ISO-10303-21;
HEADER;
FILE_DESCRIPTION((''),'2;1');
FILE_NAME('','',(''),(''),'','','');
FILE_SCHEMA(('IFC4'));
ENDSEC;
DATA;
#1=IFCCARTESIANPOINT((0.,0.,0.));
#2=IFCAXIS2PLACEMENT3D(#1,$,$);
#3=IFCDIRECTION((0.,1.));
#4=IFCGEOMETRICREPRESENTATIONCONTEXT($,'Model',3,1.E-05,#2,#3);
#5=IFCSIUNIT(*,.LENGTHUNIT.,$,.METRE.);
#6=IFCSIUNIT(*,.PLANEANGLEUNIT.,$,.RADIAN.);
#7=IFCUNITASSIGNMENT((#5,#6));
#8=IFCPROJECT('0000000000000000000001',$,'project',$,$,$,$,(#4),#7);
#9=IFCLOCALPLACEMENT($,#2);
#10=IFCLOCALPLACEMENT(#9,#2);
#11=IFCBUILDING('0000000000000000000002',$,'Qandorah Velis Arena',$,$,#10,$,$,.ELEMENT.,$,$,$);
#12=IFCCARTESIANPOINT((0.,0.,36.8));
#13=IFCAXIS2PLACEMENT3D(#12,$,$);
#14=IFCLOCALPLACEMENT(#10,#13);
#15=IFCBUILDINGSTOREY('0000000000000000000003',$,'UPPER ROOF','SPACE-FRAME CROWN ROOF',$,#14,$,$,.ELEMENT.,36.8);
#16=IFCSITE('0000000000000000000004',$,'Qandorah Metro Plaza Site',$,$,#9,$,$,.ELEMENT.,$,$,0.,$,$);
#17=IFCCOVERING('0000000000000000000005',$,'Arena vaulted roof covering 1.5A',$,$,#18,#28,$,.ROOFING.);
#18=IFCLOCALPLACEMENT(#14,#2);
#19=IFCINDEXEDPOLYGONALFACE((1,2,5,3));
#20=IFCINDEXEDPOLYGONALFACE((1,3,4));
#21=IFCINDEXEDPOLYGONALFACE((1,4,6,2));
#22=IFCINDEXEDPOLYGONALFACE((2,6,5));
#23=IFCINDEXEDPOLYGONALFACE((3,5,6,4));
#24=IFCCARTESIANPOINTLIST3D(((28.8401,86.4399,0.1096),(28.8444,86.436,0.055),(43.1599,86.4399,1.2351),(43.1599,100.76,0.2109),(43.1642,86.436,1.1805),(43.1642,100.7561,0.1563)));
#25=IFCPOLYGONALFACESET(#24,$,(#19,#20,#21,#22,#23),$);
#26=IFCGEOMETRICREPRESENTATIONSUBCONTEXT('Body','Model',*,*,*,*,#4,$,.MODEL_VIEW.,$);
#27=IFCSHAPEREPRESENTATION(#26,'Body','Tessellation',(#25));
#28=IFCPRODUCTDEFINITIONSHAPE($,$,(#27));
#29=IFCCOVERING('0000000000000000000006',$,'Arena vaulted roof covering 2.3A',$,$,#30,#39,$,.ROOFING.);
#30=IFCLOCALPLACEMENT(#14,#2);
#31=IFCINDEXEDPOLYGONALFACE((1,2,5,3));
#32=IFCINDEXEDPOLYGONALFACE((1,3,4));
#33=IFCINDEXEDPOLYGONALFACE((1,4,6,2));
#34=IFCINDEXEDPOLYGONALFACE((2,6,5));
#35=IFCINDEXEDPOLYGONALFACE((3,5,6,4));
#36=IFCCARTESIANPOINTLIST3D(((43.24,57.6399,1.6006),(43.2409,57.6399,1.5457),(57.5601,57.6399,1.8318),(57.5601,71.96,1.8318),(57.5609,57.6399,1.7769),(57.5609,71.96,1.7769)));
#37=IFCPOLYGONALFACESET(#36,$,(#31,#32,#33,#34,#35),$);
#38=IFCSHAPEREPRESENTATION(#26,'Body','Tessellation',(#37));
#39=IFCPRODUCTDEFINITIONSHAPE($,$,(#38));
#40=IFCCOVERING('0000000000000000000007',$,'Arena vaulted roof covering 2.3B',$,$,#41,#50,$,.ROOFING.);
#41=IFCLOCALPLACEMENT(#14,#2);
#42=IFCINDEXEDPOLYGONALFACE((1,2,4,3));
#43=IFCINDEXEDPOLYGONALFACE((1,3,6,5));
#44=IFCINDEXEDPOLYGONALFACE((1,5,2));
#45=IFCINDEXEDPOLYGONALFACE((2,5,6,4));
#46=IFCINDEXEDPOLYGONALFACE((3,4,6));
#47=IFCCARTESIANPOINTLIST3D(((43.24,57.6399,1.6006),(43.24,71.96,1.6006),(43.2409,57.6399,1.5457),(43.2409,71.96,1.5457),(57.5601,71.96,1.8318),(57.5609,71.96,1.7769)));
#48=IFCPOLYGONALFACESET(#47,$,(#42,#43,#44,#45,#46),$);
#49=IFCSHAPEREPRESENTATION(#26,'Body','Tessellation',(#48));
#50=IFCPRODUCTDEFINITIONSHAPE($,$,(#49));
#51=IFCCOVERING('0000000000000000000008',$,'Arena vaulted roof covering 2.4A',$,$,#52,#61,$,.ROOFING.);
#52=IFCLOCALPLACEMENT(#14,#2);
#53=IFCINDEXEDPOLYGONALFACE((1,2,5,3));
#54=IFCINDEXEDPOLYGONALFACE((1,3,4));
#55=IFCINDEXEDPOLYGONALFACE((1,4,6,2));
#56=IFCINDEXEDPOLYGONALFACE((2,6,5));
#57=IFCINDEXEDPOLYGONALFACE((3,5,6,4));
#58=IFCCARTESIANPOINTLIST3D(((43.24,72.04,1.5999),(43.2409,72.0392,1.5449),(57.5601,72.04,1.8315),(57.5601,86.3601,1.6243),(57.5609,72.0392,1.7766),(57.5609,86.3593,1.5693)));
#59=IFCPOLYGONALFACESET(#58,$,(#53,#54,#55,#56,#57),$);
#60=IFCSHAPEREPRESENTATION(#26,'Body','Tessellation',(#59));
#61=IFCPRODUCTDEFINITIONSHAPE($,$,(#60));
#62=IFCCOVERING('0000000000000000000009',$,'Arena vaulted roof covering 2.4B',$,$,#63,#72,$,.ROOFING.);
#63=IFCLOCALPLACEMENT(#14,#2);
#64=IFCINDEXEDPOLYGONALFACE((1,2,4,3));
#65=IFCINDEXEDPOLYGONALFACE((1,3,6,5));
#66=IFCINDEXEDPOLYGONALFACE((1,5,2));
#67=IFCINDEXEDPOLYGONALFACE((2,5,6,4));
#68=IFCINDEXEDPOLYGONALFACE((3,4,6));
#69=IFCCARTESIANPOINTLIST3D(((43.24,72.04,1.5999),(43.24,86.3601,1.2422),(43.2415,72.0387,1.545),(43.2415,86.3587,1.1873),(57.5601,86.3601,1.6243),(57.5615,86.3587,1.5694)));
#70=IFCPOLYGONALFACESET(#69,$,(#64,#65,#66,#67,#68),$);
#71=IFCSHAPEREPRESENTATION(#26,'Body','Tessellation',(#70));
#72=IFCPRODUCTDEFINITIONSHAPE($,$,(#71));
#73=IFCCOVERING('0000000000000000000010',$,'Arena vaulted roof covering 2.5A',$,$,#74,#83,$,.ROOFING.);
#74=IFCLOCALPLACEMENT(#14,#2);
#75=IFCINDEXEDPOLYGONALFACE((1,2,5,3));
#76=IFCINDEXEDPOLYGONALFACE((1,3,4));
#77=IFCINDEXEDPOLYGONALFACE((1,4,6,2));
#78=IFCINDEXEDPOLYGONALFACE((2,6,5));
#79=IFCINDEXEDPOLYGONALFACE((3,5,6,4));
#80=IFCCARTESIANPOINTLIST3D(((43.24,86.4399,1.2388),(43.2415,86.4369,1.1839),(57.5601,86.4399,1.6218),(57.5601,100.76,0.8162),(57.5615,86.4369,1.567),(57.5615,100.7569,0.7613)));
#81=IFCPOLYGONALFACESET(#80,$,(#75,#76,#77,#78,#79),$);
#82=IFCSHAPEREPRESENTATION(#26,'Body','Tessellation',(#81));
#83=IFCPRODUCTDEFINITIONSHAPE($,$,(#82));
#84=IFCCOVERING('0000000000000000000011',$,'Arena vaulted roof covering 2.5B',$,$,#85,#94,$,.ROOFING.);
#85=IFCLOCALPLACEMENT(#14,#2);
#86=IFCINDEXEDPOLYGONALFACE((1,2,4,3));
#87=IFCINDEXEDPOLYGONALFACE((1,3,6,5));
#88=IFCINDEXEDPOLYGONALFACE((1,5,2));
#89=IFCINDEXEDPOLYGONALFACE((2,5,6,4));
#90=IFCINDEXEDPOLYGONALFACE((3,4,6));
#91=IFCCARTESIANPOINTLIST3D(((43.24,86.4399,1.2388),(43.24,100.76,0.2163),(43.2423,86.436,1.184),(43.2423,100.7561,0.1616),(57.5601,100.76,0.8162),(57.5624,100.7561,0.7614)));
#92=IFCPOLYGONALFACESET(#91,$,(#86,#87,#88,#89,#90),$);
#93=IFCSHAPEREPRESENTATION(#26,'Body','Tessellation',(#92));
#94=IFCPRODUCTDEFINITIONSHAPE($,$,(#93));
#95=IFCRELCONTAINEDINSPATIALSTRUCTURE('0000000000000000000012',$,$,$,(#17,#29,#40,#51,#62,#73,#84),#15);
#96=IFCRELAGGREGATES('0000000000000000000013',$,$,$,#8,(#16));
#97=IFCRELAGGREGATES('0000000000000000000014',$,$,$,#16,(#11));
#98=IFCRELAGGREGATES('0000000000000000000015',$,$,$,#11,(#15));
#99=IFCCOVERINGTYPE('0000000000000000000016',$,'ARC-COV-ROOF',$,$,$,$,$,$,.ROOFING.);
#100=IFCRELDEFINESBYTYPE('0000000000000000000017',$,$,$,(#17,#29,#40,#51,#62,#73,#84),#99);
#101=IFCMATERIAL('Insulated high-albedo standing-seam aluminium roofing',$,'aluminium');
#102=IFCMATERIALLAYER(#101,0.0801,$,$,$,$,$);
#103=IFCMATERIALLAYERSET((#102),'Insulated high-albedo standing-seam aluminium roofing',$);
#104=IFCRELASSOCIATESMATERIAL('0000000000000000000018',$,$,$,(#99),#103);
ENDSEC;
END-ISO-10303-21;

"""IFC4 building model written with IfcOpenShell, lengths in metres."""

from ifc_helpers import new_model, si_unit, direction, frame, origin, place, context, subcontext, project, spatial, polyline, outline, extrude, material, layer, layer_set, type_object, element, save


model = new_model("IFC4")

# Units and contexts
model_context = context("Model", 3, precision=1e-05, world=origin(), true_north=direction((0.0, 1.0)))
body_context = subcontext(model_context, "Body", "Model", "MODEL_VIEW")
ifc_project = project(units=[si_unit("LENGTHUNIT", "METRE"), si_unit("PLANEANGLEUNIT", "RADIAN")], contexts=[model_context])

# Site, building, storey
site_placement = place(None, origin())
site = spatial("IfcSite", under=ifc_project, at=site_placement, Name="Qandorah Metro Plaza Site", CompositionType="ELEMENT", RefElevation=0.0)
building_placement = place(site_placement, origin())
building = spatial("IfcBuilding", under=site, at=building_placement, Name="Qandorah Velis Arena", CompositionType="ELEMENT")
storey_placement = place(building_placement, frame((0.0, 0.0, 36.8)))
storey = spatial("IfcBuildingStorey", under=building, at=storey_placement, Name="UPPER ROOF", Description="SPACE-FRAME CROWN ROOF", CompositionType="ELEMENT", Elevation=36.8)

# Coverings
ifc_material_1 = material(Name="Insulated high-albedo standing-seam aluminium roofing", Category="aluminium")
ifc_layer_1 = layer(ifc_material_1, 0.0801)
ifc_layer_set_1 = layer_set([ifc_layer_1], Name="Insulated high-albedo standing-seam aluminium roofing")
covering_type = type_object("IfcCoveringType", Name="ARC-COV-ROOF", PredefinedType="ROOFING", material=ifc_layer_set_1)
covering_1_placement = place(storey_placement, frame((28.8401, 86.4399, 0.1096), z_axis=(-0.078156, 0.071119, 0.994401), x_axis=(0.996926, 0.0, 0.078355)))
element("IfcCovering", 1, at=covering_1_placement, inside=storey, type_object=covering_type, Name="Arena vaulted roof covering 1.5A", PredefinedType="ROOFING", context=body_context, shape_type="SweptSolid", body=[
    extrude(outline(polyline([(0.0, 0.0), (14.364, 0.0), (14.2837, 14.3564), (0.0, 0.0)])), origin(), (0.0, 0.0, -1.0), 0.0549),
])
covering_2_placement = place(storey_placement, frame((43.24, 57.6399, 1.6006), z_axis=(-0.016143, 0.0, 0.99987), x_axis=(0.99987, 0.0, 0.016143)))
element("IfcCovering", 2, at=covering_2_placement, inside=storey, type_object=covering_type, Name="Arena vaulted roof covering 2.3A", PredefinedType="ROOFING", context=body_context, shape_type="SweptSolid", body=[
    extrude(outline(polyline([(0.0, 0.0), (14.3219, 0.0), (14.3219, 14.3201), (0.0, 0.0)])), origin(), (0.0, 0.0, -1.0), 0.0549),
])
covering_3_placement = place(storey_placement, frame((43.24, 57.6399, 1.6006), z_axis=(-0.016143, 0.0, 0.99987), x_axis=(0.707061, 0.707061, 0.011416)))
element("IfcCovering", 3, at=covering_3_placement, inside=storey, type_object=covering_type, Name="Arena vaulted roof covering 2.3B", PredefinedType="ROOFING", context=body_context, shape_type="SweptSolid", body=[
    extrude(outline(polyline([(0.0, 0.0), (20.253, 0.0), (10.1252, 10.1265), (0.0, 0.0)])), origin(), (0.0, 0.0, -1.0), 0.0549),
])
covering_4_placement = place(storey_placement, frame((43.24, 72.04, 1.5999), z_axis=(-0.016176, 0.014471, 0.999764), x_axis=(0.999869, 0.0, 0.016177)))
element("IfcCovering", 4, at=covering_4_placement, inside=storey, type_object=covering_type, Name="Arena vaulted roof covering 2.4A", PredefinedType="ROOFING", context=body_context, shape_type="SweptSolid", body=[
    extrude(outline(polyline([(0.0, 0.0), (14.3219, 0.0), (14.3186, 14.3216), (0.0, 0.0)])), origin(), (0.0, 0.0, -1.0), 0.0549),
])
covering_5_placement = place(storey_placement, frame((43.24, 72.04, 1.5999), z_axis=(-0.026664, 0.02496, 0.999333), x_axis=(0.707106, 0.707106, 0.001206)))
element("IfcCovering", 5, at=covering_5_placement, inside=storey, type_object=covering_type, Name="Arena vaulted roof covering 2.4B", PredefinedType="ROOFING", context=body_context, shape_type="SweptSolid", body=[
    extrude(outline(polyline([(0.0, 0.0), (20.2516, 0.0), (10.1254, 10.1326), (0.0, 0.0)])), origin(), (0.0, 0.0, -1.0), 0.0549),
])
covering_6_placement = place(storey_placement, frame((43.24, 86.4399, 1.2388), z_axis=(-0.026698, 0.056152, 0.998065), x_axis=(0.999642, 0.0, 0.02674)))
element("IfcCovering", 6, at=covering_6_placement, inside=storey, type_object=covering_type, Name="Arena vaulted roof covering 2.5A", PredefinedType="ROOFING", context=body_context, shape_type="SweptSolid", body=[
    extrude(outline(polyline([(0.0, 0.0), (14.3252, 0.0), (14.3036, 14.3427), (0.0, 0.0)])), origin(), (0.0, 0.0, -1.0), 0.0549),
])
covering_7_placement = place(storey_placement, frame((43.24, 86.4399, 1.2388), z_axis=(-0.041746, 0.071157, 0.996591), x_axis=(0.706953, 0.706953, -0.020863)))
element("IfcCovering", 7, at=covering_7_placement, inside=storey, type_object=covering_type, Name="Arena vaulted roof covering 2.5B", PredefinedType="ROOFING", context=body_context, shape_type="SweptSolid", body=[
    extrude(outline(polyline([(0.0, 0.0), (20.256, 0.0), (10.1449, 10.1582), (0.0, 0.0)])), origin(), (0.0, 0.0, -1.0), 0.0549),
])

save(model, "model.ifc")
